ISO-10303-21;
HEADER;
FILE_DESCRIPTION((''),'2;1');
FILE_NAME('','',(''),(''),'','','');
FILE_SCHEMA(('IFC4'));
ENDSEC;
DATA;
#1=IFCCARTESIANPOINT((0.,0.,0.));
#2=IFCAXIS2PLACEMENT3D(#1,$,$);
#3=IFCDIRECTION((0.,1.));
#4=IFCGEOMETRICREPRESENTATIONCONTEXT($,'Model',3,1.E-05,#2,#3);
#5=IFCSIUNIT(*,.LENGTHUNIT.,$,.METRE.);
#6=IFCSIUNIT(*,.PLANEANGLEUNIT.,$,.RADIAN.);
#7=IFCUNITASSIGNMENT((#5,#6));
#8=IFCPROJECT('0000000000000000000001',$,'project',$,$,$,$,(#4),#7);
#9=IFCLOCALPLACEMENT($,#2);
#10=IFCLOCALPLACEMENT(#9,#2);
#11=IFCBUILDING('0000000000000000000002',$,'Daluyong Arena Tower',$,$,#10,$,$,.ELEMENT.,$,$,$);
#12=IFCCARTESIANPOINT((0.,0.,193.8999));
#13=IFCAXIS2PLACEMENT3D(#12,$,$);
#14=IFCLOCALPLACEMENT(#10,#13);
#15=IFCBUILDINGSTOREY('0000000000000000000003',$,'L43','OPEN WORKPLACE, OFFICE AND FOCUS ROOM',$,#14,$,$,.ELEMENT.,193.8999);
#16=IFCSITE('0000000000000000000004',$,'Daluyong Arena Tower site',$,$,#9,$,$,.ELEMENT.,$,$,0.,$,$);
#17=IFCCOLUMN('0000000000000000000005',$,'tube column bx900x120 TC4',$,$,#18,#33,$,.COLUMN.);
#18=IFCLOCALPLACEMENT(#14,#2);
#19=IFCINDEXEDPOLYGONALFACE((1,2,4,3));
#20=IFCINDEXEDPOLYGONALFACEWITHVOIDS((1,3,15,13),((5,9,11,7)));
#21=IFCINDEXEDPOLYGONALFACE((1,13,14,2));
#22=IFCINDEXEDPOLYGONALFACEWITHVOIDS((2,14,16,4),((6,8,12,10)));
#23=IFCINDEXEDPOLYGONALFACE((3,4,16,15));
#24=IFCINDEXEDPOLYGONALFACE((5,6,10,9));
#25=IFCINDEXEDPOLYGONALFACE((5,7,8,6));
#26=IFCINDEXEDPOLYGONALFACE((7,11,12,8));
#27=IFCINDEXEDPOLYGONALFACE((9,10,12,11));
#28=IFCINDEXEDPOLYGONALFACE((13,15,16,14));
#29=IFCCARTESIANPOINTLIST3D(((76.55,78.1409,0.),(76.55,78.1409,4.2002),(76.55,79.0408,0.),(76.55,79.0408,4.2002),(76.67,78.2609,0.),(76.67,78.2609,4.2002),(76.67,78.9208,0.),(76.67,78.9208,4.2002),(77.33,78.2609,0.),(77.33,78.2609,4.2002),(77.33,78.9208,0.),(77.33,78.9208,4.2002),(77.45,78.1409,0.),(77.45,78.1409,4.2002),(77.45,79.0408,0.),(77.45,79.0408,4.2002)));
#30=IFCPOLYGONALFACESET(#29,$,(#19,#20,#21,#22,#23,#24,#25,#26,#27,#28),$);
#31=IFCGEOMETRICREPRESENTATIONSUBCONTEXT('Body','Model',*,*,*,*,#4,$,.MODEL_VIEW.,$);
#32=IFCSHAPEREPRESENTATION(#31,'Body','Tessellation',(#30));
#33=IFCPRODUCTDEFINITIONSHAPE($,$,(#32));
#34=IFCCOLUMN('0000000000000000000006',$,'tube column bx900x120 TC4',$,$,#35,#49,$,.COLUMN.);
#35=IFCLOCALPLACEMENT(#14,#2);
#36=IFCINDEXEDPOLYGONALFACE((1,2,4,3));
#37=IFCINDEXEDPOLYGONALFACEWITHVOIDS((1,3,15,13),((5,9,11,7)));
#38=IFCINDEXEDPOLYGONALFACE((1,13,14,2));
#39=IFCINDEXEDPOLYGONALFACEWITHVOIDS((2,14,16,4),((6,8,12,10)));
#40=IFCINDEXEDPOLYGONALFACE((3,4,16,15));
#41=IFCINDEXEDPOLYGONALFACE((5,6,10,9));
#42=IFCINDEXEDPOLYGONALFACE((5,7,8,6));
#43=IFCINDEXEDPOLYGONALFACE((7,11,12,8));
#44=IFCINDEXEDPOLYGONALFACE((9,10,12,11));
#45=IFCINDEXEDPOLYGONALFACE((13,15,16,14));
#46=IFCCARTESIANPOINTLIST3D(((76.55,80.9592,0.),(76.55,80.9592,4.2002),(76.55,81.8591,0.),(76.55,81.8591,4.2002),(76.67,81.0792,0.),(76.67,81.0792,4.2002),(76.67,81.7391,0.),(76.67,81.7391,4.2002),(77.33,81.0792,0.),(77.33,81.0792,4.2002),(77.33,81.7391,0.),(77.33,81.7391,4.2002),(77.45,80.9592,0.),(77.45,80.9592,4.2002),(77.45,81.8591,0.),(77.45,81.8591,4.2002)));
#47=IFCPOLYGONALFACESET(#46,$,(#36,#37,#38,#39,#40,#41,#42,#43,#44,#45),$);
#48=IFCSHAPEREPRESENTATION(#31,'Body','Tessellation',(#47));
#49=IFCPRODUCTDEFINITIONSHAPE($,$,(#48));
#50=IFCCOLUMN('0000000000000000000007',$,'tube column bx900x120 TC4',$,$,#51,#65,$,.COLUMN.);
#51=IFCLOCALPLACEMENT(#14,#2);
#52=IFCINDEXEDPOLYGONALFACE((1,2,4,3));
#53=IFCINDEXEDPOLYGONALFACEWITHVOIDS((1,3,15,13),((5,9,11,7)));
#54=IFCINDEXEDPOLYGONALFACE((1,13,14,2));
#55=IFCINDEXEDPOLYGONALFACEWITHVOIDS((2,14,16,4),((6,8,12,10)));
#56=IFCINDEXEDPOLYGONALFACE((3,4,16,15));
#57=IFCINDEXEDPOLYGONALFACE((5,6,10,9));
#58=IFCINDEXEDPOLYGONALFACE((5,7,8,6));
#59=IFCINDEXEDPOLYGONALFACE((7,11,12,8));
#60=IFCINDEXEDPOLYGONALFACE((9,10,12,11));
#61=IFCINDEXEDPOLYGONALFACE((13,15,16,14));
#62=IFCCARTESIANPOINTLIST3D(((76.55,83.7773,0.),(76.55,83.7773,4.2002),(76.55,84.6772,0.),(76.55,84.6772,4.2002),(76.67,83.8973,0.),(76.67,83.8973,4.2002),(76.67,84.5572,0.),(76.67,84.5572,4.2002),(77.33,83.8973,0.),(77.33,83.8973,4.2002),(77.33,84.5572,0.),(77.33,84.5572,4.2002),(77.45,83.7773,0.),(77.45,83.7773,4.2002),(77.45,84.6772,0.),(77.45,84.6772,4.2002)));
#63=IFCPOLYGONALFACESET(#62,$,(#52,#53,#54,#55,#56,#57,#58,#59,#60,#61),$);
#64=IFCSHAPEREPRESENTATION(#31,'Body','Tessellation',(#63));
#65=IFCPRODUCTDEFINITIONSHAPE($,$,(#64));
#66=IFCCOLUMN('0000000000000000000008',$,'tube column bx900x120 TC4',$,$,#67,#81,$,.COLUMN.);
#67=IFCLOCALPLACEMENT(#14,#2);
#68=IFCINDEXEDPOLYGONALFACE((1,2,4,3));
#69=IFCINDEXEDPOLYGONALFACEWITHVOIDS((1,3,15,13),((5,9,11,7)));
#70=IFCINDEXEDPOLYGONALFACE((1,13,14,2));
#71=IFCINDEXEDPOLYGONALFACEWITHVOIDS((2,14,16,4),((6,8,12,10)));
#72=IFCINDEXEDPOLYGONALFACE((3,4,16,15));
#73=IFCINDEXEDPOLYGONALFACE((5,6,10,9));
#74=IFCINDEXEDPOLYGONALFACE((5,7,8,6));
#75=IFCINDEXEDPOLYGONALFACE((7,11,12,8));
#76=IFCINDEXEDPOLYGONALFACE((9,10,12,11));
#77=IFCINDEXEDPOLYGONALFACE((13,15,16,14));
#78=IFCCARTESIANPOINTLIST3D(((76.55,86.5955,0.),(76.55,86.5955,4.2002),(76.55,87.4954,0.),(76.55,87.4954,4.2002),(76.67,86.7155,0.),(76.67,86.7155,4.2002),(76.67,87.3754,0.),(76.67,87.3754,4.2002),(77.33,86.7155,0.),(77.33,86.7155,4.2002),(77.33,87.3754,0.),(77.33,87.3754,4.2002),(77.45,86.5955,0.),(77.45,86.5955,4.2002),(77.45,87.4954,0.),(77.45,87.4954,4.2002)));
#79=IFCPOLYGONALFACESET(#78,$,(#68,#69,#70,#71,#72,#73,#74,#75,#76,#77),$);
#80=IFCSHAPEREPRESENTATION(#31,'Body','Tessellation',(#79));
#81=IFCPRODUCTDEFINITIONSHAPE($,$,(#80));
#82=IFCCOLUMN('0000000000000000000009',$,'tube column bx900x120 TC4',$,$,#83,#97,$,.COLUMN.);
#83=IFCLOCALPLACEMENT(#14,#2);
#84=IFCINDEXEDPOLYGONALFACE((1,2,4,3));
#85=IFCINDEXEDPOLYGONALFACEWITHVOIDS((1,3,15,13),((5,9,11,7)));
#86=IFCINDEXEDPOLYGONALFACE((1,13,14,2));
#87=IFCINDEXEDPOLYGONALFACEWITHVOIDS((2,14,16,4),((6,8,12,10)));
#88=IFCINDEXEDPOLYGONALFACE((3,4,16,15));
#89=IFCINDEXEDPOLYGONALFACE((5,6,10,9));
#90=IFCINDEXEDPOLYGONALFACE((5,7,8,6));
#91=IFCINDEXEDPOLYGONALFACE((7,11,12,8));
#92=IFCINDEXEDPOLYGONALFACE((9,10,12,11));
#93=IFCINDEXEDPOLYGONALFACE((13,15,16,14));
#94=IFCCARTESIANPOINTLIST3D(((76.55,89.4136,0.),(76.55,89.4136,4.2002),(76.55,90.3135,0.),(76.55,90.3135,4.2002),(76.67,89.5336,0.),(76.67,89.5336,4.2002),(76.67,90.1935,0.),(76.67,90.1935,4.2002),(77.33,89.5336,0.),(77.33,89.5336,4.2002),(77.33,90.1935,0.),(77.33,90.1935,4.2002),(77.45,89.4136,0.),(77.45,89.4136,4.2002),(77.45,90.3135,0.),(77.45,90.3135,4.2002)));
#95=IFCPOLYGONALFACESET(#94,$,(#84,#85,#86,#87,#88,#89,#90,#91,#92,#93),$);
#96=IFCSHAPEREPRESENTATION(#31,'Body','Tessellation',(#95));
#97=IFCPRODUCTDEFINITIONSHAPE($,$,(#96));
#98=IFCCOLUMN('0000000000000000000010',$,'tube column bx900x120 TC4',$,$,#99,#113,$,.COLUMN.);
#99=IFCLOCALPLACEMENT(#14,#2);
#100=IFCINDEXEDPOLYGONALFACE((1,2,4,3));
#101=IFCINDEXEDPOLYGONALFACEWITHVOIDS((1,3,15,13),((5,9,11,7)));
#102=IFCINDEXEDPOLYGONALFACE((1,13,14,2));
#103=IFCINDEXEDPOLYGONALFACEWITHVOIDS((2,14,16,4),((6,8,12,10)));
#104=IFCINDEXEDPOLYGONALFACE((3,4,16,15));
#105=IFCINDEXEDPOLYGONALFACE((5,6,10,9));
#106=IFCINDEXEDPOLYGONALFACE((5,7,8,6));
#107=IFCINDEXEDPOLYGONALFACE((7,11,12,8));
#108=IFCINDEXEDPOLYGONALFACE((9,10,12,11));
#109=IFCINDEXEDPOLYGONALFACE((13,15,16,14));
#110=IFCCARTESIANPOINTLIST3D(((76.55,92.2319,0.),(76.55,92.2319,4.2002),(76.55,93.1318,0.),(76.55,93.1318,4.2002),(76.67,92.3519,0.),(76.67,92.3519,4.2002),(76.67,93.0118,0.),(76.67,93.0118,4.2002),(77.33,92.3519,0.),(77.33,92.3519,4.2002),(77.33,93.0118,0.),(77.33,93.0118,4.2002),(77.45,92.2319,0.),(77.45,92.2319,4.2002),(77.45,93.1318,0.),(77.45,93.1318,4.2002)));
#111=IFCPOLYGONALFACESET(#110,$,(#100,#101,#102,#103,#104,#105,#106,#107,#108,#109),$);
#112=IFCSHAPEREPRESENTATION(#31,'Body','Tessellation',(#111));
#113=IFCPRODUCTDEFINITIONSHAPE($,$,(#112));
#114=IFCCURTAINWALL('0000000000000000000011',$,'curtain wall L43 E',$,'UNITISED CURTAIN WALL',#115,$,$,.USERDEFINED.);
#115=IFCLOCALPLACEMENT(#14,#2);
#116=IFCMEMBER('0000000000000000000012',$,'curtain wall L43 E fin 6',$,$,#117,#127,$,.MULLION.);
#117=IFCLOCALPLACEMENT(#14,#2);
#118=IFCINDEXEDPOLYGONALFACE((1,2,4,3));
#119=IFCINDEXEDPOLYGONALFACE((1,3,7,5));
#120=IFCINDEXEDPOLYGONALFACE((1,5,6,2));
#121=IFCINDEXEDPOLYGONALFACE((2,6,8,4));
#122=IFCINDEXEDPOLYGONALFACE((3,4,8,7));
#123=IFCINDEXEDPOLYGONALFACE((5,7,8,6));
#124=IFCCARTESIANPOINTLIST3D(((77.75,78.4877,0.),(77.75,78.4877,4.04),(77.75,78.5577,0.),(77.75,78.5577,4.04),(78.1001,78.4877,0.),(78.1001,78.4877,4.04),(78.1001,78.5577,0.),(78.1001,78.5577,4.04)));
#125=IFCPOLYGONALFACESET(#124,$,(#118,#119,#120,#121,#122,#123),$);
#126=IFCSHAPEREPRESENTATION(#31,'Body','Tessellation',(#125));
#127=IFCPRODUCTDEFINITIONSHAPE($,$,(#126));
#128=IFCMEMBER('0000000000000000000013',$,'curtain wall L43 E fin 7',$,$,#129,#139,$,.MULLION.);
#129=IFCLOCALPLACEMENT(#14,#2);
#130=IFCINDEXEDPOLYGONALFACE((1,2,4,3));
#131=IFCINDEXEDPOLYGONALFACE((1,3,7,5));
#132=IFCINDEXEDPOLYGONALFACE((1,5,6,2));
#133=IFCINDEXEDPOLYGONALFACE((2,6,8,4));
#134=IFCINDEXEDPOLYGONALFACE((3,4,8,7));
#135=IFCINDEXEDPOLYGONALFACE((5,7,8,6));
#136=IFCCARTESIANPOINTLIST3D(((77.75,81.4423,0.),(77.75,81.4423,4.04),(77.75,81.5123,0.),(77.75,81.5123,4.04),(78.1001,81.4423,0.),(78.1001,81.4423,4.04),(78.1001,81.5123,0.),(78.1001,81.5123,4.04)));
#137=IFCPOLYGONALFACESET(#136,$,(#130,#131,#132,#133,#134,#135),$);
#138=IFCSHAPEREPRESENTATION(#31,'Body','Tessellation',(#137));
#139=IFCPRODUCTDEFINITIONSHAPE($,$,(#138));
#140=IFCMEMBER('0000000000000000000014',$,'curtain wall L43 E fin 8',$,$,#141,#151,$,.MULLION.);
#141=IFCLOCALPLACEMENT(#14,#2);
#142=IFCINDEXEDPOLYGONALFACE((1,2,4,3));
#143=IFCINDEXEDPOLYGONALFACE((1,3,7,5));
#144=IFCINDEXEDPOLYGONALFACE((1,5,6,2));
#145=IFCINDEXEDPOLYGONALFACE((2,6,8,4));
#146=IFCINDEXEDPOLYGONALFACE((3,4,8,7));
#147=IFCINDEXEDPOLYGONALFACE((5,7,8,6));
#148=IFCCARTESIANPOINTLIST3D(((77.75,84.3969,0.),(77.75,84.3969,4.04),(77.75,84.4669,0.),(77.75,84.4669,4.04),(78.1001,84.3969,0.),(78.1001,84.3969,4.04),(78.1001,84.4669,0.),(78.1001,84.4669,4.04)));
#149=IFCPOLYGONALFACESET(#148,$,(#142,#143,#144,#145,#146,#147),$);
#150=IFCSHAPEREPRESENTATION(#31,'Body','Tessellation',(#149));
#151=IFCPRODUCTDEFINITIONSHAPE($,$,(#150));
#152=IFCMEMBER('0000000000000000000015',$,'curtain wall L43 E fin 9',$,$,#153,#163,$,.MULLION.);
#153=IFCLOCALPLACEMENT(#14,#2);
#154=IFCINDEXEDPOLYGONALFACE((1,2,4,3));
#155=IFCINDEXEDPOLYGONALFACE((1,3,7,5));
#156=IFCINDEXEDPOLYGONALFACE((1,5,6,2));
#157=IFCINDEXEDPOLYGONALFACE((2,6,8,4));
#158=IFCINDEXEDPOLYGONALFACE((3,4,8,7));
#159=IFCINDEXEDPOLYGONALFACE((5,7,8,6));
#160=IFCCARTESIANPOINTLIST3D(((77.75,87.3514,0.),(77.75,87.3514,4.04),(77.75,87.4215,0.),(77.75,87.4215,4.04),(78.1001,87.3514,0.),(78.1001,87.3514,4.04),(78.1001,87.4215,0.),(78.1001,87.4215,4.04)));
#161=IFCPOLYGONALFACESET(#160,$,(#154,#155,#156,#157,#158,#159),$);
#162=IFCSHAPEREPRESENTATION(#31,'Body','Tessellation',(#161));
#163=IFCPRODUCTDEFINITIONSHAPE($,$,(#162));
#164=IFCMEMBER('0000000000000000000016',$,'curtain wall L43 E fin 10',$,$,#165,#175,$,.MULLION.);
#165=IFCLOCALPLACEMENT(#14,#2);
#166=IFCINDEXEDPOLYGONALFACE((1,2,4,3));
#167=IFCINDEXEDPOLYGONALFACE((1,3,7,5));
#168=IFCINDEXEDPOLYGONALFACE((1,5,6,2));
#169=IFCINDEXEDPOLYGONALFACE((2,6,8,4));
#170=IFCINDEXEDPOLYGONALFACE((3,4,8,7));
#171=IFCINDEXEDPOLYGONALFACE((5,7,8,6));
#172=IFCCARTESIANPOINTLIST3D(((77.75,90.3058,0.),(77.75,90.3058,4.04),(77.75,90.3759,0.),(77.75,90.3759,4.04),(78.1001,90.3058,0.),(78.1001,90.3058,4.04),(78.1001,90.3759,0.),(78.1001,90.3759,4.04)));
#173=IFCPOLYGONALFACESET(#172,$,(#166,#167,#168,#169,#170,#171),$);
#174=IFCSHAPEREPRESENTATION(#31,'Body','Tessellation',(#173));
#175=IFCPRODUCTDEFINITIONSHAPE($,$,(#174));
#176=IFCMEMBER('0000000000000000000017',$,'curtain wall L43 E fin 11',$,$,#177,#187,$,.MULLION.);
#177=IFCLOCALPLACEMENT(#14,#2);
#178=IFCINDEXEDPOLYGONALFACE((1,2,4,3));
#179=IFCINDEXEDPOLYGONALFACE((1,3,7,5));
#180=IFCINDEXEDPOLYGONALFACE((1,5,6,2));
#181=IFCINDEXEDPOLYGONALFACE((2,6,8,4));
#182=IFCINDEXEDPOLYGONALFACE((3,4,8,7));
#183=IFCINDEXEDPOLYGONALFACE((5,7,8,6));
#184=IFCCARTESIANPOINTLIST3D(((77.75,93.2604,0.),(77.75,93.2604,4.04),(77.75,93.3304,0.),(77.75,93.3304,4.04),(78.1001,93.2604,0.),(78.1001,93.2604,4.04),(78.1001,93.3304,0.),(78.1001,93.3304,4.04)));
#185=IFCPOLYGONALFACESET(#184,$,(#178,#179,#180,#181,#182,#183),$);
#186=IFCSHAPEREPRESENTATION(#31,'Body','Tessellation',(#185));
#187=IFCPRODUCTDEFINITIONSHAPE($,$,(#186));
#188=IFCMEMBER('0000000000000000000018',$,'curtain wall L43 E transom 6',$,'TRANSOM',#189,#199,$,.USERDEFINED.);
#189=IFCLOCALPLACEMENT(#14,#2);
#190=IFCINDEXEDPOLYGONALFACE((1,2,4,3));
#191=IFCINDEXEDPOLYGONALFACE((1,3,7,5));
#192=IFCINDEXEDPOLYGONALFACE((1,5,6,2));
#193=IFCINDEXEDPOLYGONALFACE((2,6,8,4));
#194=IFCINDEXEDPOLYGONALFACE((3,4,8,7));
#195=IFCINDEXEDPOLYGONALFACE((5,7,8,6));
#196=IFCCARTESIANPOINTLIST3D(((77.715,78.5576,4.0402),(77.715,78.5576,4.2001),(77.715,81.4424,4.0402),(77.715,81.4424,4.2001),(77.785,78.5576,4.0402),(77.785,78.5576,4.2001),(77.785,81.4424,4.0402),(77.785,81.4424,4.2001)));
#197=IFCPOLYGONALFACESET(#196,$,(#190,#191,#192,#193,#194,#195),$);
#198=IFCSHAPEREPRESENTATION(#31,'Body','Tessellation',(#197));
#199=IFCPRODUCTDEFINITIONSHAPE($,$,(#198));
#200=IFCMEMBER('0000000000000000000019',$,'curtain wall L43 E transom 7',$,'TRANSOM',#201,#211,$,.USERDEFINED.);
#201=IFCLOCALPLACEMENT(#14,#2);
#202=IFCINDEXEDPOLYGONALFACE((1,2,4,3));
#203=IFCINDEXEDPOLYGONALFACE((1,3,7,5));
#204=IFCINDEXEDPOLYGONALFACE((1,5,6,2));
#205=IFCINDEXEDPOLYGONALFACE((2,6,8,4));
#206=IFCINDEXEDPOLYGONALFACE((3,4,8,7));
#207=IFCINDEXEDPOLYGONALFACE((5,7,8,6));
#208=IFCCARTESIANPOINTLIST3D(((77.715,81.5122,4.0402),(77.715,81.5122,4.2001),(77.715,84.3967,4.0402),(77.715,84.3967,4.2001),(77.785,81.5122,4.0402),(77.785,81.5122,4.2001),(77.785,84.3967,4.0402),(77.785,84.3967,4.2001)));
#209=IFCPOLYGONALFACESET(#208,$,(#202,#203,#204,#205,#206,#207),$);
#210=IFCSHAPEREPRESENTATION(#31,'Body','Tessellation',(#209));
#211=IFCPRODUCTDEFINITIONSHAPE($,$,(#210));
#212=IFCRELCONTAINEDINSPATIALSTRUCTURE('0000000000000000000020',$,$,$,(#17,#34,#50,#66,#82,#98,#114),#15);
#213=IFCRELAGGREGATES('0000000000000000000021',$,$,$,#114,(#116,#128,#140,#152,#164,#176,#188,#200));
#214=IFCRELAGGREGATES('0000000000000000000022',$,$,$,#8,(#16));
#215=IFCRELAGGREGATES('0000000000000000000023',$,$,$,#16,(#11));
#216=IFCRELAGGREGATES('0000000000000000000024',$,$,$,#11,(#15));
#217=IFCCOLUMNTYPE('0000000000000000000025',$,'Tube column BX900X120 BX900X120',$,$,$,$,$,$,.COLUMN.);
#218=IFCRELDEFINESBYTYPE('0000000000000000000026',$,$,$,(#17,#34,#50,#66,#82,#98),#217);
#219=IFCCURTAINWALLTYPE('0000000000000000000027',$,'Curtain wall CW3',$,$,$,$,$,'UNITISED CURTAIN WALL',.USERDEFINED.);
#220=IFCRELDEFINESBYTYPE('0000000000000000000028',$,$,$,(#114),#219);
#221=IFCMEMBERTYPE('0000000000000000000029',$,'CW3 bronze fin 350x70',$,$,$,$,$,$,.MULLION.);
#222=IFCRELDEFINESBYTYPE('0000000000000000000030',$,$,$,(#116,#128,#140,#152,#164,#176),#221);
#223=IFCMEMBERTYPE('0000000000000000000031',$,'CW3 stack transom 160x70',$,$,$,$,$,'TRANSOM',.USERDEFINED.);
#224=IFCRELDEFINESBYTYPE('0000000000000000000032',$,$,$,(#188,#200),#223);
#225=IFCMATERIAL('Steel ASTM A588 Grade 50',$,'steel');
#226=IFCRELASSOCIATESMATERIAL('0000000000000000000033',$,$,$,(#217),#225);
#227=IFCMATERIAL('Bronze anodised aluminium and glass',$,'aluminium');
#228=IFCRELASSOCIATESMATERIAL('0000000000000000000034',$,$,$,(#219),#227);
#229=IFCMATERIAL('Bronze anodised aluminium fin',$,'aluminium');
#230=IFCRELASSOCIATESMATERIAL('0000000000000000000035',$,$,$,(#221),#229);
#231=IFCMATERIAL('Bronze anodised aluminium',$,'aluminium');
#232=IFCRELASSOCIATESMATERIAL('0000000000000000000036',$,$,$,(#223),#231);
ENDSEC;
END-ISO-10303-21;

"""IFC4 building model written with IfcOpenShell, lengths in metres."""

from ifc_helpers import new_model, si_unit, direction, frame, origin, origin_2d, place, context, subcontext, project, spatial, rectangle, hollow_rectangle, extrude, material, material_profile, profile_set, type_object, element, aggregate, save


model = new_model("IFC4")

# Units and contexts
model_context = context("Model", 3, precision=1e-05, world=origin(), true_north=direction((0.0, 1.0)))
body_context = subcontext(model_context, "Body", "Model", "MODEL_VIEW")
ifc_project = project(units=[si_unit("LENGTHUNIT", "METRE"), si_unit("PLANEANGLEUNIT", "RADIAN")], contexts=[model_context])

# Site, building, storey
site_placement = place(None, origin())
site = spatial("IfcSite", under=ifc_project, at=site_placement, Name="Daluyong Arena Tower site", CompositionType="ELEMENT", RefElevation=0.0)
building_placement = place(site_placement, origin())
building = spatial("IfcBuilding", under=site, at=building_placement, Name="Daluyong Arena Tower", CompositionType="ELEMENT")
storey_placement = place(building_placement, frame((0.0, 0.0, 193.8999)))
storey = spatial("IfcBuildingStorey", under=building, at=storey_placement, Name="L43", Description="OPEN WORKPLACE, OFFICE AND FOCUS ROOM", CompositionType="ELEMENT", Elevation=193.8999)

# Columns
ifc_material_1 = material(Name="Steel ASTM A588 Grade 50", Category="steel")
ifc_material_profile_1 = material_profile(ifc_material_1, hollow_rectangle(XDim=0.8999, YDim=0.8999, WallThickness=0.12, at=origin_2d()))
ifc_profile_set_1 = profile_set([ifc_material_profile_1], Name="Steel ASTM A588 Grade 50")
column_type = type_object("IfcColumnType", Name="Tube column BX900X120 BX900X120", PredefinedType="COLUMN", material=ifc_profile_set_1)
for number, where, z_axis, x_axis, name in (
    (1, (77.0, 78.5908, 0.0), (0.0, 0.0, 1.0), (0.0, 1.0, 0.0), "tube column bx900x120 TC4"),
    (2, (77.0, 81.4092, 0.0), (0.0, 0.0, 1.0), (0.0, 1.0, 0.0), "tube column bx900x120 TC4"),
    (3, (77.0, 84.2273, 0.0), (0.0, 0.0, 1.0), (0.0, 1.0, 0.0), "tube column bx900x120 TC4"),
    (4, (77.0, 87.0454, 0.0), (0.0, 0.0, 1.0), (0.0, 1.0, 0.0), "tube column bx900x120 TC4"),
    (5, (77.0, 89.8635, 0.0), (0.0, 0.0, 1.0), (0.0, 1.0, 0.0), "tube column bx900x120 TC4"),
    (6, (77.0, 92.6819, 0.0), (0.0, 0.0, 1.0), (0.0, 1.0, 0.0), "tube column bx900x120 TC4"),
):
    element("IfcColumn", number, at=place(storey_placement, frame(where, z_axis=z_axis, x_axis=x_axis)), inside=storey, type_object=column_type, Name=name, PredefinedType="COLUMN", context=body_context, shape_type="SweptSolid", body=[
        extrude(hollow_rectangle(XDim=0.8999, YDim=0.8999, WallThickness=0.12, at=origin_2d()), origin(), (0.0, 0.0, 1.0), 4.2002),
    ])

# Curtain wall, members
ifc_material_2 = material(Name="Bronze anodised aluminium and glass", Category="aluminium")
curtain_wall_type = type_object("IfcCurtainWallType", Name="Curtain wall CW3", ElementType="UNITISED CURTAIN WALL", PredefinedType="USERDEFINED", material=ifc_material_2)
curtain_wall_placement = place(storey_placement, origin())
curtain_wall = element("IfcCurtainWall", 7, at=curtain_wall_placement, inside=storey, type_object=curtain_wall_type, Name="curtain wall L43 E", ObjectType="UNITISED CURTAIN WALL", PredefinedType="USERDEFINED")
ifc_material_3 = material(Name="Bronze anodised aluminium fin", Category="aluminium")
ifc_material_profile_2 = material_profile(ifc_material_3, rectangle(XDim=0.3501, YDim=0.0701, at=origin_2d()))
ifc_profile_set_2 = profile_set([ifc_material_profile_2], Name="Bronze anodised aluminium fin")
member_type_1 = type_object("IfcMemberType", Name="CW3 bronze fin 350x70", PredefinedType="MULLION", material=ifc_profile_set_2)
member_1_placement = place(storey_placement, frame((77.925, 78.5227, 0.0), z_axis=(0.0, 0.0, 1.0), x_axis=(-1.0, 0.0, 0.0)))
member_1 = element("IfcMember", 8, at=member_1_placement, type_object=member_type_1, Name="curtain wall L43 E fin 6", PredefinedType="MULLION", context=body_context, shape_type="SweptSolid", body=[
    extrude(rectangle(XDim=0.3501, YDim=0.0701, at=origin_2d()), origin(), (0.0, 0.0, 1.0), 4.04),
])
member_2_placement = place(storey_placement, frame((77.925, 81.4773, 0.0), z_axis=(0.0, 0.0, 1.0), x_axis=(-1.0, 0.0, 0.0)))
member_2 = element("IfcMember", 9, at=member_2_placement, type_object=member_type_1, Name="curtain wall L43 E fin 7", PredefinedType="MULLION", context=body_context, shape_type="SweptSolid", body=[
    extrude(rectangle(XDim=0.3501, YDim=0.0701, at=origin_2d()), origin(), (0.0, 0.0, 1.0), 4.04),
])
member_3_placement = place(storey_placement, frame((77.925, 84.4319, 0.0), z_axis=(0.0, 0.0, 1.0), x_axis=(-1.0, 0.0, 0.0)))
member_3 = element("IfcMember", 10, at=member_3_placement, type_object=member_type_1, Name="curtain wall L43 E fin 8", PredefinedType="MULLION", context=body_context, shape_type="SweptSolid", body=[
    extrude(rectangle(XDim=0.3501, YDim=0.0701, at=origin_2d()), origin(), (0.0, 0.0, 1.0), 4.04),
])
member_4_placement = place(storey_placement, frame((77.925, 87.3865, 0.0), z_axis=(0.0, 0.0, 1.0), x_axis=(-1.0, 0.0, 0.0)))
member_4 = element("IfcMember", 11, at=member_4_placement, type_object=member_type_1, Name="curtain wall L43 E fin 9", PredefinedType="MULLION", context=body_context, shape_type="SweptSolid", body=[
    extrude(rectangle(XDim=0.3501, YDim=0.0701, at=origin_2d()), origin(), (0.0, 0.0, 1.0), 4.04),
])
member_5_placement = place(storey_placement, frame((77.925, 90.3408, 0.0), z_axis=(0.0, 0.0, 1.0), x_axis=(-1.0, 0.0, 0.0)))
member_5 = element("IfcMember", 12, at=member_5_placement, type_object=member_type_1, Name="curtain wall L43 E fin 10", PredefinedType="MULLION", context=body_context, shape_type="SweptSolid", body=[
    extrude(rectangle(XDim=0.3501, YDim=0.0701, at=origin_2d()), origin(), (0.0, 0.0, 1.0), 4.04),
])
member_6_placement = place(storey_placement, frame((77.925, 93.2954, 0.0), z_axis=(0.0, 0.0, 1.0), x_axis=(-1.0, 0.0, 0.0)))
member_6 = element("IfcMember", 13, at=member_6_placement, type_object=member_type_1, Name="curtain wall L43 E fin 11", PredefinedType="MULLION", context=body_context, shape_type="SweptSolid", body=[
    extrude(rectangle(XDim=0.3501, YDim=0.0701, at=origin_2d()), origin(), (0.0, 0.0, 1.0), 4.04),
])
ifc_material_4 = material(Name="Bronze anodised aluminium", Category="aluminium")
ifc_material_profile_3 = material_profile(ifc_material_4, rectangle(XDim=0.0701, YDim=0.1599, at=origin_2d()))
ifc_profile_set_3 = profile_set([ifc_material_profile_3], Name="Bronze anodised aluminium")
member_type_2 = type_object("IfcMemberType", Name="CW3 stack transom 160x70", ElementType="TRANSOM", PredefinedType="USERDEFINED", material=ifc_profile_set_3)
member_7_placement = place(storey_placement, frame((77.75, 78.5576, 4.1201), z_axis=(0.0, 1.0, 0.0), x_axis=(-1.0, 0.0, 0.0)))
member_7 = element("IfcMember", 14, at=member_7_placement, type_object=member_type_2, Name="curtain wall L43 E transom 6", ObjectType="TRANSOM", PredefinedType="USERDEFINED", context=body_context, shape_type="SweptSolid", body=[
    extrude(rectangle(XDim=0.0701, YDim=0.1599, at=origin_2d()), origin(), (0.0, 0.0, 1.0), 2.8848),
])
member_8_placement = place(storey_placement, frame((77.75, 81.5122, 4.1201), z_axis=(0.0, 1.0, 0.0), x_axis=(-1.0, 0.0, 0.0)))
member_8 = element("IfcMember", 15, at=member_8_placement, type_object=member_type_2, Name="curtain wall L43 E transom 7", ObjectType="TRANSOM", PredefinedType="USERDEFINED", context=body_context, shape_type="SweptSolid", body=[
    extrude(rectangle(XDim=0.0701, YDim=0.1599, at=origin_2d()), origin(), (0.0, 0.0, 1.0), 2.8845),
])

aggregate(curtain_wall, [member_1, member_2, member_3, member_4, member_5, member_6, member_7, member_8])

save(model, "model.ifc")
